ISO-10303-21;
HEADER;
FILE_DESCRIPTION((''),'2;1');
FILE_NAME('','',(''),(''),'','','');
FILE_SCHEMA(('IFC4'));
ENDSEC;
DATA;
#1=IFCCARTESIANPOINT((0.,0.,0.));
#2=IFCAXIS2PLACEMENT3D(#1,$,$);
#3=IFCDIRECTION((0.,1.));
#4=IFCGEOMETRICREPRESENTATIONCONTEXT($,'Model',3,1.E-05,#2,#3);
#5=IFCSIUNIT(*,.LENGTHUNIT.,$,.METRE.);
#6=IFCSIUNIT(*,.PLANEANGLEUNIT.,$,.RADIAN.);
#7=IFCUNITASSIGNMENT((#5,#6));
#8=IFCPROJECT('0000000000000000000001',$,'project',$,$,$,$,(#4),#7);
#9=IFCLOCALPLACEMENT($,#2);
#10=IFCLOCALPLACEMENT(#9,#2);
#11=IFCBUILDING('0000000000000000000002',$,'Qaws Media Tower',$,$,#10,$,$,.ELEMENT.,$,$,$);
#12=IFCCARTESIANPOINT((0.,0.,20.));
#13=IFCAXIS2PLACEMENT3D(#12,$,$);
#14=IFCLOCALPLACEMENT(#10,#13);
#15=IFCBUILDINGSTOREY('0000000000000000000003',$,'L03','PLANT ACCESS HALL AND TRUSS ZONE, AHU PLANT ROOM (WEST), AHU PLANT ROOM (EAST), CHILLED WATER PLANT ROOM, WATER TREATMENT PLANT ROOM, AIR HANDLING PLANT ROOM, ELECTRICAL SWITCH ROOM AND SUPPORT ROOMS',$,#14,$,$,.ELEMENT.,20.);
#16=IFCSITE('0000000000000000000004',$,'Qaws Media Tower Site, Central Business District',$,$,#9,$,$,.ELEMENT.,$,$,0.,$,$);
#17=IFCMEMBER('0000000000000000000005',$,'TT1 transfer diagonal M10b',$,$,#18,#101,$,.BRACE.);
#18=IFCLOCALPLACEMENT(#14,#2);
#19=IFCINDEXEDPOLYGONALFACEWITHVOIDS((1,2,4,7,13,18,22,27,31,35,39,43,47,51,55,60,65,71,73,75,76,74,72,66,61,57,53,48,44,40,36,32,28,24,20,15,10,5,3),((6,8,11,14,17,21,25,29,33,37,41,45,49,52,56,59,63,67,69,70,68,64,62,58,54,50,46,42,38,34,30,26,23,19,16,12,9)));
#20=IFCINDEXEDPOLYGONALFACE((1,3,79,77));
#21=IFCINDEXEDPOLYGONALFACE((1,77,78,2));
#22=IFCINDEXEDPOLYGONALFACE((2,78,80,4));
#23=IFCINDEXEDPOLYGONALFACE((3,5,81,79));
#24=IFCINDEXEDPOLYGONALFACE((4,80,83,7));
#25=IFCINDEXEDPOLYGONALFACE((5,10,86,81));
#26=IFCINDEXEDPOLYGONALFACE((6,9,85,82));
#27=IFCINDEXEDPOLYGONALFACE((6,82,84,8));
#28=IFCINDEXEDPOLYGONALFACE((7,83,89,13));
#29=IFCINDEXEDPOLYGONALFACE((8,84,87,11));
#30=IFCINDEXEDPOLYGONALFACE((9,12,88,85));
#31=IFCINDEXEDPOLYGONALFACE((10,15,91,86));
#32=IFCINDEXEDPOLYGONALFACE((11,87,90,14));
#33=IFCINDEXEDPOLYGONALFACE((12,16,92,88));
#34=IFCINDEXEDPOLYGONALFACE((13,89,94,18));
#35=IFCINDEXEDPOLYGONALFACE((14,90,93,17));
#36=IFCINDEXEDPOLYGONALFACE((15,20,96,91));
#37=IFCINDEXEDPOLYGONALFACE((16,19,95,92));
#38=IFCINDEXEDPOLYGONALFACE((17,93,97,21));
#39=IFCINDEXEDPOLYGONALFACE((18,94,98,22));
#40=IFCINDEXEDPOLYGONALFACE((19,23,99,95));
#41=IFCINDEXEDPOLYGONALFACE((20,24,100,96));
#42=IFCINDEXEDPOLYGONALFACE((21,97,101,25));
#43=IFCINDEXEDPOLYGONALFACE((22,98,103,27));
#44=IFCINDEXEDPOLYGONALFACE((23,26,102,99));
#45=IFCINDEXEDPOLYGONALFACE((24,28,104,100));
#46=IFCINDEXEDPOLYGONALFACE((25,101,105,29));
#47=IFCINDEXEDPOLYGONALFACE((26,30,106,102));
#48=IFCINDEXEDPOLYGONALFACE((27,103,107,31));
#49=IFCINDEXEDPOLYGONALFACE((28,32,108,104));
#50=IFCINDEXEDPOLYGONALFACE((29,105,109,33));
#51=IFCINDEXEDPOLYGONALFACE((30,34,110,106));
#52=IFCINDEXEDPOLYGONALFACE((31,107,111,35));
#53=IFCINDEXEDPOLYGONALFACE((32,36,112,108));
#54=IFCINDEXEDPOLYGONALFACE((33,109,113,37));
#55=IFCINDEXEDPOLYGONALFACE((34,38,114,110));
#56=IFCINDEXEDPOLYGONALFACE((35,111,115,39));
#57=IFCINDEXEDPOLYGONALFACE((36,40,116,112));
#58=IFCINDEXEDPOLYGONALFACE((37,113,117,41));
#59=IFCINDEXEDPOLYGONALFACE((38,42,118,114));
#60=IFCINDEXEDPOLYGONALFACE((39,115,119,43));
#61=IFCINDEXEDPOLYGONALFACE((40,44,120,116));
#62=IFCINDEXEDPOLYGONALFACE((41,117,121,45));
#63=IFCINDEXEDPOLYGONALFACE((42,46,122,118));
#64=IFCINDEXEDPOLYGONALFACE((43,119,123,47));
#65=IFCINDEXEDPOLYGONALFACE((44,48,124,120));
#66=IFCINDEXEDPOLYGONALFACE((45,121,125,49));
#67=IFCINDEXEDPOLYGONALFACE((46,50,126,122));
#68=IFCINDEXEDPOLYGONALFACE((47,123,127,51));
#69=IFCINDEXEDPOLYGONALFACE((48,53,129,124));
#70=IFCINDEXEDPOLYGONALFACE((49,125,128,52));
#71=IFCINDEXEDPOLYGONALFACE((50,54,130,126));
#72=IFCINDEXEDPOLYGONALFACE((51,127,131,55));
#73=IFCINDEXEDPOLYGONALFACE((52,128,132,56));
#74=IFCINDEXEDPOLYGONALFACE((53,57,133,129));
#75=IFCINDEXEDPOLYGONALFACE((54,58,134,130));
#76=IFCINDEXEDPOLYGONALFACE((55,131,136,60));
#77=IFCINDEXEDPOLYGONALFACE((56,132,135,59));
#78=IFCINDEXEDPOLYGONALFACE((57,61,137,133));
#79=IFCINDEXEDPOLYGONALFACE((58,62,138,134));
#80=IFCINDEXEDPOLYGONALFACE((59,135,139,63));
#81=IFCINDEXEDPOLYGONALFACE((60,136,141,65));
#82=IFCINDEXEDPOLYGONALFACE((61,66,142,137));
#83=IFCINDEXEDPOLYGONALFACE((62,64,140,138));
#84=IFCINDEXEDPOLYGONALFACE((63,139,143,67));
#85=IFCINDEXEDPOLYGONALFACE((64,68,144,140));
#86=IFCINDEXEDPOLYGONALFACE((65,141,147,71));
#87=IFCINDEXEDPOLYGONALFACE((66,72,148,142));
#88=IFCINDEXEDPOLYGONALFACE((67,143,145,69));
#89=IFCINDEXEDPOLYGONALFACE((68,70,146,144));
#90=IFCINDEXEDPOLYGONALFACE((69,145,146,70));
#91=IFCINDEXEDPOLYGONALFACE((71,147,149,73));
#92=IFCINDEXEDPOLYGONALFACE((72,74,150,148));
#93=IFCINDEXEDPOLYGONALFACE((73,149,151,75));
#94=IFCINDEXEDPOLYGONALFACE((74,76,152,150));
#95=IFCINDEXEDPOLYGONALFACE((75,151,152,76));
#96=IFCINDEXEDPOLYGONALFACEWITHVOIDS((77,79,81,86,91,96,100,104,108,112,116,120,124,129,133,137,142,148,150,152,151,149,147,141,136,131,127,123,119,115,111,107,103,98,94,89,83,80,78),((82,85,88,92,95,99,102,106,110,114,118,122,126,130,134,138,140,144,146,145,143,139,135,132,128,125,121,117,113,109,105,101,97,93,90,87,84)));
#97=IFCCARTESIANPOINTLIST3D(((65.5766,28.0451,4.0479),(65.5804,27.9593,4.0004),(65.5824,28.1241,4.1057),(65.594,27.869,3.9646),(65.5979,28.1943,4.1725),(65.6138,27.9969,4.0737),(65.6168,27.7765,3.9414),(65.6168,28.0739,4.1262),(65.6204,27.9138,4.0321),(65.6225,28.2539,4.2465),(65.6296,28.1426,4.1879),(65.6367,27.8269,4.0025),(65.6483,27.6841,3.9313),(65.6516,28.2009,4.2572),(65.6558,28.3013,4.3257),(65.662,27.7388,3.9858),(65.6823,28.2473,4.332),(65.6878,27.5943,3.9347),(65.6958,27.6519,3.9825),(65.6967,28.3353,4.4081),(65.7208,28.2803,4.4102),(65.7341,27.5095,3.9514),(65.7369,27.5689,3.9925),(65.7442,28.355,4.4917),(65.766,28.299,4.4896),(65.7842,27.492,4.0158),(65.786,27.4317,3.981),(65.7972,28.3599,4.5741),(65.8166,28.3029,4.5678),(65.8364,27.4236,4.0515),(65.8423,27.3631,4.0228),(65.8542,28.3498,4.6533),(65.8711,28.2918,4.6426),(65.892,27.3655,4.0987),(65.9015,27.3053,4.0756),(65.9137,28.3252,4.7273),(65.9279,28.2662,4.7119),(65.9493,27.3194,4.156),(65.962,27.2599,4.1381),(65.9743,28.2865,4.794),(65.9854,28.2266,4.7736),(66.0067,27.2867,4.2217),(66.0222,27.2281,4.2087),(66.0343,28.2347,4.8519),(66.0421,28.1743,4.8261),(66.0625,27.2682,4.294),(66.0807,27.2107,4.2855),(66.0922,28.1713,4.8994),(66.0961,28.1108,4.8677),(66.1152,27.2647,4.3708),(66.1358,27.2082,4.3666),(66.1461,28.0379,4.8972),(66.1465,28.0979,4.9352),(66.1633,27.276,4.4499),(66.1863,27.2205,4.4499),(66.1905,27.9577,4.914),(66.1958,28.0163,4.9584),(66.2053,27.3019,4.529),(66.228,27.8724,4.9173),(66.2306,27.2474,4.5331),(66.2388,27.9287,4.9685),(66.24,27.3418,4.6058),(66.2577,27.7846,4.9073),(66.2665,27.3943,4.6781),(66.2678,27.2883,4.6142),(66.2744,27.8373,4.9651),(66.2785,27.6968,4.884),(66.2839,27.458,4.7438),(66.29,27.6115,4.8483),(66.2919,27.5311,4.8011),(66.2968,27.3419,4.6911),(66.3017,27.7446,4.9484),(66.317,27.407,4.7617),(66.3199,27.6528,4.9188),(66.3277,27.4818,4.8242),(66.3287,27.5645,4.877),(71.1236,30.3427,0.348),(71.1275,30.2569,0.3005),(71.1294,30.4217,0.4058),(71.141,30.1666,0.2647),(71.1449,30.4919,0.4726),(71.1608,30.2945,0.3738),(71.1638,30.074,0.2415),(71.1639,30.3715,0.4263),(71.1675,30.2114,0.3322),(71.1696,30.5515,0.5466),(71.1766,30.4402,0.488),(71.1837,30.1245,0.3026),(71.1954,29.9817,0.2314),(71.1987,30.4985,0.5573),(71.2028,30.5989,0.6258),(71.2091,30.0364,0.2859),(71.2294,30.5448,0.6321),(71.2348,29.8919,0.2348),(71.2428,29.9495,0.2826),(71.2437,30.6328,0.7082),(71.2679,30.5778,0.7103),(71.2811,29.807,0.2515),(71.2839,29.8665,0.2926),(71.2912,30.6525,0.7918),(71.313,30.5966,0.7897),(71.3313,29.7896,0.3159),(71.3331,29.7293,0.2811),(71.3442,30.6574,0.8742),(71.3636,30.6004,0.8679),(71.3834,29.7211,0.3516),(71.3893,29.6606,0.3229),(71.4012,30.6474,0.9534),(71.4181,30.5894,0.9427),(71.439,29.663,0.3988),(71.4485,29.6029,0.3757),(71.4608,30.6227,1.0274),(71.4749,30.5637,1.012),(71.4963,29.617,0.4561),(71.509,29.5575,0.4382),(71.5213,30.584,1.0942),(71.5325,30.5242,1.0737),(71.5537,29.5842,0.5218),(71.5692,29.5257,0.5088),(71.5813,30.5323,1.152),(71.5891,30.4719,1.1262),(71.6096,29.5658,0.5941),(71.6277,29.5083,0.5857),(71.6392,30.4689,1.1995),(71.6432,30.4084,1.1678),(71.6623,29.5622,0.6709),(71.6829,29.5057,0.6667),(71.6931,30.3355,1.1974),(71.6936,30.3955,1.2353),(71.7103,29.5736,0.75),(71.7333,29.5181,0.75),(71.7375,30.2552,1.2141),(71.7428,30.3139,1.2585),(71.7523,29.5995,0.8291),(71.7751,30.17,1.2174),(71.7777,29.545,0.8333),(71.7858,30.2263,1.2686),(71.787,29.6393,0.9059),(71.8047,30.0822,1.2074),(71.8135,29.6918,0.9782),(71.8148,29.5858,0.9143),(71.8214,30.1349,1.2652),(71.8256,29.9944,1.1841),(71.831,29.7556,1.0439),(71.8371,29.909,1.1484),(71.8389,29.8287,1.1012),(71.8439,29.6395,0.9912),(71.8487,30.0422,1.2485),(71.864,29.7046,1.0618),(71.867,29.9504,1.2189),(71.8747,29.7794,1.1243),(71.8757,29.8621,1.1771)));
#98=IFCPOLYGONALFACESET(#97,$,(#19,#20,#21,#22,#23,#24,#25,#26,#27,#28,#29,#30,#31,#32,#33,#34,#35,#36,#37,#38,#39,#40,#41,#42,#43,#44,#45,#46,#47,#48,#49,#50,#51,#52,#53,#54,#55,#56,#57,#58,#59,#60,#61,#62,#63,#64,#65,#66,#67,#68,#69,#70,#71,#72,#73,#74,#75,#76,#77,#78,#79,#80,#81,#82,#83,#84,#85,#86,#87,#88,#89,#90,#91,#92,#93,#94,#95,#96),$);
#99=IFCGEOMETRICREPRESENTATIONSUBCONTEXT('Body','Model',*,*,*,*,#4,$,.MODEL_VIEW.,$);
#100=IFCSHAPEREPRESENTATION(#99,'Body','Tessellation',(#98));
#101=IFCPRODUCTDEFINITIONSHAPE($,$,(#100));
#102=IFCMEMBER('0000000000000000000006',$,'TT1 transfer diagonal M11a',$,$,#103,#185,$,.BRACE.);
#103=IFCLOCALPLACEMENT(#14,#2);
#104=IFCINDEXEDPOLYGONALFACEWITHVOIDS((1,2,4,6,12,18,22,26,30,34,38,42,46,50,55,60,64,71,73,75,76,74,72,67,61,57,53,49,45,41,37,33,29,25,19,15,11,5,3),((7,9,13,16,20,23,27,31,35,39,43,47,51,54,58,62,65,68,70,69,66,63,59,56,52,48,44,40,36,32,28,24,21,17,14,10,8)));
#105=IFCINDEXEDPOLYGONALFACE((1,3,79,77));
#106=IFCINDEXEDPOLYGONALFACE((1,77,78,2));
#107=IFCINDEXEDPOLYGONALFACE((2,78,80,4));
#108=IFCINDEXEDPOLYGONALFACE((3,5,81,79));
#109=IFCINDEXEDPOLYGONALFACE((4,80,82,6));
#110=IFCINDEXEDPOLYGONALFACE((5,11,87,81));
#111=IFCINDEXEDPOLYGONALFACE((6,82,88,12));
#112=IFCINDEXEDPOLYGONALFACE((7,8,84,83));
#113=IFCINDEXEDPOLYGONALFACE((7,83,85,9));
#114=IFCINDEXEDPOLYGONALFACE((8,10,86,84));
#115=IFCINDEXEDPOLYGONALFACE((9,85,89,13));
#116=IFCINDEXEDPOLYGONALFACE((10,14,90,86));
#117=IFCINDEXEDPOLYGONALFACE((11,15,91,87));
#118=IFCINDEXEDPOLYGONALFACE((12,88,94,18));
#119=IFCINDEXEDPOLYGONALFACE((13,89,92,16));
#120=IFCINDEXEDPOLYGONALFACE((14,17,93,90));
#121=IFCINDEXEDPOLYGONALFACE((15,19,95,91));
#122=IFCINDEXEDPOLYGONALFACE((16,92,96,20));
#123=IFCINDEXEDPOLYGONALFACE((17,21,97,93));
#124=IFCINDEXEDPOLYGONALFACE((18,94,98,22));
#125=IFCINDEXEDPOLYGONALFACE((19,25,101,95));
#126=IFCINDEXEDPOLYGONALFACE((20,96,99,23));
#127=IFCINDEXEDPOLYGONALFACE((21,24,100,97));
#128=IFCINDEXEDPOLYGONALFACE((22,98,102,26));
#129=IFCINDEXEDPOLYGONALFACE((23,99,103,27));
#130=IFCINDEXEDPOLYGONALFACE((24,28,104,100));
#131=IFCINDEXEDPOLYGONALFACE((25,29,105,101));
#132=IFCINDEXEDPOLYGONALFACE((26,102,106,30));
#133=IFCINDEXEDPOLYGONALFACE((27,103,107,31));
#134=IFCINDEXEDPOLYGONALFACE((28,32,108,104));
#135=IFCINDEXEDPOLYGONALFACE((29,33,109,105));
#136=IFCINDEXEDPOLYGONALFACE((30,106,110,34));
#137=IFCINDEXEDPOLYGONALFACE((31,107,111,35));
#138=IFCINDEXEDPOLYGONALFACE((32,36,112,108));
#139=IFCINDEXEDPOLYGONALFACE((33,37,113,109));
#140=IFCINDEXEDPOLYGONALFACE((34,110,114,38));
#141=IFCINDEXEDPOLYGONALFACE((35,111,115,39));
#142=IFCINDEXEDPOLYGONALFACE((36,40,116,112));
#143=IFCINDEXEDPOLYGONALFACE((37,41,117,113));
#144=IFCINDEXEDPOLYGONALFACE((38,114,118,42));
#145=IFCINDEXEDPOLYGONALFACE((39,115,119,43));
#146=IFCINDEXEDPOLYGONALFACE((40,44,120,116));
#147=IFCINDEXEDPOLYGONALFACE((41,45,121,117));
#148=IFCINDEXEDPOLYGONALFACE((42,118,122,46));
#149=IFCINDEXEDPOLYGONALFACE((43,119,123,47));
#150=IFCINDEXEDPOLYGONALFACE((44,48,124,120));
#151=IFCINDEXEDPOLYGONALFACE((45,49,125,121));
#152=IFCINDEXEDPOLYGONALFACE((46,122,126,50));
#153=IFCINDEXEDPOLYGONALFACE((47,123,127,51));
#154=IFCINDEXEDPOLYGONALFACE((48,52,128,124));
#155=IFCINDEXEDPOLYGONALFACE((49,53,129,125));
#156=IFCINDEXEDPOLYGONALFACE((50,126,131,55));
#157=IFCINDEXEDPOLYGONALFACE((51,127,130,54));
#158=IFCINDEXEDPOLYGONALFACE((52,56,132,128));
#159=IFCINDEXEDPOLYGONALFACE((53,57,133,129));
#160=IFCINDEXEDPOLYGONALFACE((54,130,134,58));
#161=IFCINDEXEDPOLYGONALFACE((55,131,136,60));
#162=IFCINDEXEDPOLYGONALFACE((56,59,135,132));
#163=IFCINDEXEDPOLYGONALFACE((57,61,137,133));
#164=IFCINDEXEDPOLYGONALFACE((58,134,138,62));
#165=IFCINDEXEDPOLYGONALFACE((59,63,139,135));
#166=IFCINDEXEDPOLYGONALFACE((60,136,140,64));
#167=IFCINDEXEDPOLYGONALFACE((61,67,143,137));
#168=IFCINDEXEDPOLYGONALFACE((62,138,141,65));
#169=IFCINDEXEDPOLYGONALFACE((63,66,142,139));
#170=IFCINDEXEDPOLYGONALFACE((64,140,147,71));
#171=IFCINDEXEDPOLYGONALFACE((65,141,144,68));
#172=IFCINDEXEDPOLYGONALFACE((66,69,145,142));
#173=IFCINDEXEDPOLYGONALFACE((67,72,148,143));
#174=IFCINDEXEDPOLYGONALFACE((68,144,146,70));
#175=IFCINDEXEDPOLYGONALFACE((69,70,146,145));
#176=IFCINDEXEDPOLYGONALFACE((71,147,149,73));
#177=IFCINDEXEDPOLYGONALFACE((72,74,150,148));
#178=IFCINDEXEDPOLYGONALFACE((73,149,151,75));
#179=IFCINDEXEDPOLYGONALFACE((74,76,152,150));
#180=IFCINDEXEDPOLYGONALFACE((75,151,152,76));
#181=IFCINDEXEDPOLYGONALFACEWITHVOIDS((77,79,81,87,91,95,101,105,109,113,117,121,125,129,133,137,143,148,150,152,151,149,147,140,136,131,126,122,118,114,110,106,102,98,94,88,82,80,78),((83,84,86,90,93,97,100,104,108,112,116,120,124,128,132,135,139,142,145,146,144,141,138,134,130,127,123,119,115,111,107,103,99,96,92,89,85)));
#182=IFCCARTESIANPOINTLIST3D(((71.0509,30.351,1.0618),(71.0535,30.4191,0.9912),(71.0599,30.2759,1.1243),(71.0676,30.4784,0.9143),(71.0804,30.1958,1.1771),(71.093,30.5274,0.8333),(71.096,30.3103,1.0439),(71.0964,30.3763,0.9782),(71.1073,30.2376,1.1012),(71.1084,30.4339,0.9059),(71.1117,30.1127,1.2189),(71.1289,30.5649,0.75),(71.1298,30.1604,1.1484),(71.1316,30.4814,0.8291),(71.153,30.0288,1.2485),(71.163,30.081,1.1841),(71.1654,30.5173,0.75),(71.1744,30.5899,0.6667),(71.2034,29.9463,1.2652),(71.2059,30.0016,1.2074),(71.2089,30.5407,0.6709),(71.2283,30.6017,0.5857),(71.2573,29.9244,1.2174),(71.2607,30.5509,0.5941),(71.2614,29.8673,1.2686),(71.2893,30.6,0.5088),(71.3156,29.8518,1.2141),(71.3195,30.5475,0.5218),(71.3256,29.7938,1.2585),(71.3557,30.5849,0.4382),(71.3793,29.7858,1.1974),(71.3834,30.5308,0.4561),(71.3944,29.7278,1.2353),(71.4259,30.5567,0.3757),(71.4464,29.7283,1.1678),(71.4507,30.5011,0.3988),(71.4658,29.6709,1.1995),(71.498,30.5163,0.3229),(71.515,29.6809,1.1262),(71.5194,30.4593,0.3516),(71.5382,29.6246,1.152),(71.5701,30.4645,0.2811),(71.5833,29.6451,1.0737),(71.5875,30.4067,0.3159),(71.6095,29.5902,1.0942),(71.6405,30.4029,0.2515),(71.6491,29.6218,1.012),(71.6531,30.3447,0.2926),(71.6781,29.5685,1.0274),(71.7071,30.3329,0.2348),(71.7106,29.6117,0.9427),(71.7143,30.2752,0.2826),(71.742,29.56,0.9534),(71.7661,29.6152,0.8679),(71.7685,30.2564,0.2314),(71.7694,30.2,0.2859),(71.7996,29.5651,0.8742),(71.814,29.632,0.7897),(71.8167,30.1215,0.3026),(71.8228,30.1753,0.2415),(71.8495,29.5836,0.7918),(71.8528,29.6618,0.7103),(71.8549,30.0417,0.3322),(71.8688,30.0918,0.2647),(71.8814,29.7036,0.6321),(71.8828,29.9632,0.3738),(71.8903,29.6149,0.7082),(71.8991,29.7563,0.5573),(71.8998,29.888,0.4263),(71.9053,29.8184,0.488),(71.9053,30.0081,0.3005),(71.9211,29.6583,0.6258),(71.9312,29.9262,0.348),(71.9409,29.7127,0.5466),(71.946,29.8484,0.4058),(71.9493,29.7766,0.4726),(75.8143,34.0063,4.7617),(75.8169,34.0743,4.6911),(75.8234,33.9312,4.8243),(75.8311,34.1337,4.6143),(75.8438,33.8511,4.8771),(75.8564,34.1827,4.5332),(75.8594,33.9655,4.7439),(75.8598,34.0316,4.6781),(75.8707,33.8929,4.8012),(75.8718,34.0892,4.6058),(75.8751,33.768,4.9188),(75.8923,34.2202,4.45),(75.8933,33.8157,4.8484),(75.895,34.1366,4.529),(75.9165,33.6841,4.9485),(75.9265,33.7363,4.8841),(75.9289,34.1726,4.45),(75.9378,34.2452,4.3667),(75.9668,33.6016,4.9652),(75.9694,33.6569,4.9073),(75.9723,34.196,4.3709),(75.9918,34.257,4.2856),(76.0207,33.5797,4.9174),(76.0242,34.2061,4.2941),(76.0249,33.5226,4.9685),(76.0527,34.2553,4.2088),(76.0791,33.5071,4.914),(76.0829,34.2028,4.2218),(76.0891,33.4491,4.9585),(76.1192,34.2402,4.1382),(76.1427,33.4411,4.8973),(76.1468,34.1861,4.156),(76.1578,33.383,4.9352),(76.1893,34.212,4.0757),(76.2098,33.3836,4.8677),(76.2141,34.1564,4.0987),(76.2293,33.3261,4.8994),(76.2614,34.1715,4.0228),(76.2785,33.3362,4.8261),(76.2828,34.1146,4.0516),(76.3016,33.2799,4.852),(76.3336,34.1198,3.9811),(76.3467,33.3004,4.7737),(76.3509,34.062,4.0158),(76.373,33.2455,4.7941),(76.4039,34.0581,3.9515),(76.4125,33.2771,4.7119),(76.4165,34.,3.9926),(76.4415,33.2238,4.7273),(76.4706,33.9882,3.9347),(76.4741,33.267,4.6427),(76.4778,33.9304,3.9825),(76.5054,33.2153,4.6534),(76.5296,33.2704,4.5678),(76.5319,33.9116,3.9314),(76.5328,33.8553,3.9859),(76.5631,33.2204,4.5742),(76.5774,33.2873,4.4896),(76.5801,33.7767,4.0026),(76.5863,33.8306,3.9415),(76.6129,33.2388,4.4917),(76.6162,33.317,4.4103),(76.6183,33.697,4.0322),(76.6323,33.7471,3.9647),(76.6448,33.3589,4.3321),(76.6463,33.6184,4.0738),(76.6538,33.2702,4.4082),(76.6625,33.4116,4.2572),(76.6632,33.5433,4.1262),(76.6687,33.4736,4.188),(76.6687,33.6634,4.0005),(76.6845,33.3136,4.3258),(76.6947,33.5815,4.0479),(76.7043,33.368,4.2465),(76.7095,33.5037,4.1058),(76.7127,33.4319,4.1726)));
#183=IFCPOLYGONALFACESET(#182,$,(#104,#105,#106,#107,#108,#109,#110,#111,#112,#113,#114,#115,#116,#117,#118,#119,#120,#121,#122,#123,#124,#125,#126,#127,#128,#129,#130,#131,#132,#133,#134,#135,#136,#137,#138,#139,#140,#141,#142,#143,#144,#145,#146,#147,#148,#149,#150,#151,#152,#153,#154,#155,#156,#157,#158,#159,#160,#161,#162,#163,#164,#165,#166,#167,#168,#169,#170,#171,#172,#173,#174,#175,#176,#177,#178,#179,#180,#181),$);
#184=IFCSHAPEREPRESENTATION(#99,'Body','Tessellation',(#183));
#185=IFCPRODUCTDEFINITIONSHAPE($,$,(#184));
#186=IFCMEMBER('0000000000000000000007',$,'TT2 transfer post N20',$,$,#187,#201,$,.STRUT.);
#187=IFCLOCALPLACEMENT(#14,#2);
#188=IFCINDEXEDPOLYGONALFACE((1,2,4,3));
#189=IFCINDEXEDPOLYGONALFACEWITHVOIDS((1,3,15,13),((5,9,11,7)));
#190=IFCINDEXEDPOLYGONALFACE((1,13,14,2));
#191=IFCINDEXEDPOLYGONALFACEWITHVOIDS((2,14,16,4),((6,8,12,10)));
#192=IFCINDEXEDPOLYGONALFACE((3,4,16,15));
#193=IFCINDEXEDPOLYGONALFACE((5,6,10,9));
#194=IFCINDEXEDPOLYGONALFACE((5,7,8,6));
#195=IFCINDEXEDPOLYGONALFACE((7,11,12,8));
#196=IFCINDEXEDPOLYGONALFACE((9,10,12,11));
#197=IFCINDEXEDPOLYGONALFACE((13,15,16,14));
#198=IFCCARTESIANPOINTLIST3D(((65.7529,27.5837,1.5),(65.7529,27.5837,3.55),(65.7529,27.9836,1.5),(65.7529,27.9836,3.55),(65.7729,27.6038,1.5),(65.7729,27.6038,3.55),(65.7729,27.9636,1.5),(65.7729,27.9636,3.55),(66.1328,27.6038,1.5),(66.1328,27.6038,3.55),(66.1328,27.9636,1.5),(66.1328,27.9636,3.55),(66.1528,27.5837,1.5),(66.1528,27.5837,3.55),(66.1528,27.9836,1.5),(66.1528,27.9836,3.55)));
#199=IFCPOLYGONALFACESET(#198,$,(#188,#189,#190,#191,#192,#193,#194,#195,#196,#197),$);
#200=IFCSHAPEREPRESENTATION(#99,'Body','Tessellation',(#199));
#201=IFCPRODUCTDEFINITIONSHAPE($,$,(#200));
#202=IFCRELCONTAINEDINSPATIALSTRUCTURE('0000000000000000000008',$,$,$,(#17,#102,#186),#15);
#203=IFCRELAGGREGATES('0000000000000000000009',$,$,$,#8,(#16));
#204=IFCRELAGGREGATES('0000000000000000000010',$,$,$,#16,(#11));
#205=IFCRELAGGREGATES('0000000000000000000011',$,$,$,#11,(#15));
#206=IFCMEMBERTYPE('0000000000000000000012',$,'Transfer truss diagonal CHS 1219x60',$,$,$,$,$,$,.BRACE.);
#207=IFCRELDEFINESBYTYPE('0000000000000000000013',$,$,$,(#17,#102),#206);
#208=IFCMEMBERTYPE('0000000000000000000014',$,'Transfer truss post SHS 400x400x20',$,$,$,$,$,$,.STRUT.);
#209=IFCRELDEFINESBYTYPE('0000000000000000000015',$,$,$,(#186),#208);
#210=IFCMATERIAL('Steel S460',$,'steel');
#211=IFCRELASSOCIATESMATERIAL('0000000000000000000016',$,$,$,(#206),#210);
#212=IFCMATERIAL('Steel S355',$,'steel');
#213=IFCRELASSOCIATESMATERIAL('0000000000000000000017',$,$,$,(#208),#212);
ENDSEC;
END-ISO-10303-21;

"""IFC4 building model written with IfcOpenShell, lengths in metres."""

from ifc_helpers import new_model, si_unit, direction, frame, origin, origin_2d, place, context, subcontext, project, spatial, hollow_rectangle, hollow_circle, extrude, material, material_profile, profile_set, type_object, element, save


model = new_model("IFC4")

# Units and contexts
model_context = context("Model", 3, precision=1e-05, world=origin(), true_north=direction((0.0, 1.0)))
body_context = subcontext(model_context, "Body", "Model", "MODEL_VIEW")
ifc_project = project(units=[si_unit("LENGTHUNIT", "METRE"), si_unit("PLANEANGLEUNIT", "RADIAN")], contexts=[model_context])

# Site, building, storey
site_placement = place(None, origin())
site = spatial("IfcSite", under=ifc_project, at=site_placement, Name="Qaws Media Tower Site, Central Business District", CompositionType="ELEMENT", RefElevation=0.0)
building_placement = place(site_placement, origin())
building = spatial("IfcBuilding", under=site, at=building_placement, Name="Qaws Media Tower", CompositionType="ELEMENT")
storey_placement = place(building_placement, frame((0.0, 0.0, 20.0)))
storey = spatial("IfcBuildingStorey", under=building, at=storey_placement, Name="L03", Description="PLANT ACCESS HALL AND TRUSS ZONE, AHU PLANT ROOM (WEST), AHU PLANT ROOM (EAST), CHILLED WATER PLANT ROOM, WATER TREATMENT PLANT ROOM, AIR HANDLING PLANT ROOM, ELECTRICAL SWITCH ROOM AND SUPPORT ROOMS", CompositionType="ELEMENT", Elevation=20.0)

# Members
ifc_material_1 = material(Name="Steel S460", Category="steel")
ifc_material_profile_1 = material_profile(ifc_material_1, hollow_circle(Radius=0.6096, WallThickness=0.0601, at=origin_2d()), Name="CHS 1219x60")
ifc_profile_set_1 = profile_set([ifc_material_profile_1], Name="Steel S460")
member_type_1 = type_object("IfcMemberType", Name="Transfer truss diagonal CHS 1219x60", PredefinedType="BRACE", material=ifc_profile_set_1)
member_1_placement = place(storey_placement, frame((71.5, 30.0813, 0.75), z_axis=(-0.786535, -0.325782, 0.524622), x_axis=(0.382671, -0.923885, 0.0)))
element("IfcMember", 1, at=member_1_placement, inside=storey, type_object=member_type_1, Name="TT1 transfer diagonal M10b", PredefinedType="BRACE", context=body_context, shape_type="SweptSolid", body=[
    extrude(hollow_circle(Radius=0.6096, WallThickness=0.0601, at=origin_2d()), origin(), (0.0, 0.0, 1.0), 7.0525),
])
member_2_placement = place(storey_placement, frame((71.5, 30.0813, 0.75), z_axis=(0.675403, 0.518278, 0.524613), x_axis=(-0.608779, 0.79334, 0.0)))
element("IfcMember", 2, at=member_2_placement, inside=storey, type_object=member_type_1, Name="TT1 transfer diagonal M11a", PredefinedType="BRACE", context=body_context, shape_type="SweptSolid", body=[
    extrude(hollow_circle(Radius=0.6096, WallThickness=0.0601, at=origin_2d()), origin(), (0.0, 0.0, 1.0), 7.0527),
])
ifc_material_2 = material(Name="Steel S355", Category="steel")
ifc_material_profile_2 = material_profile(ifc_material_2, hollow_rectangle(XDim=0.3999, YDim=0.3999, WallThickness=0.02, at=origin_2d()), Name="SHS 400x400x20")
ifc_profile_set_2 = profile_set([ifc_material_profile_2], Name="Steel S355")
member_type_2 = type_object("IfcMemberType", Name="Transfer truss post SHS 400x400x20", PredefinedType="STRUT", material=ifc_profile_set_2)
member_3_placement = place(storey_placement, frame((65.9529, 27.7837, 1.5), z_axis=(0.0, 0.0, 1.0), x_axis=(1.0, 0.0, 0.0)))
element("IfcMember", 3, at=member_3_placement, inside=storey, type_object=member_type_2, Name="TT2 transfer post N20", PredefinedType="STRUT", context=body_context, shape_type="SweptSolid", body=[
    extrude(hollow_rectangle(XDim=0.3999, YDim=0.3999, WallThickness=0.02, at=origin_2d()), origin(), (0.0, 0.0, 1.0), 2.05),
])

save(model, "model.ifc")
